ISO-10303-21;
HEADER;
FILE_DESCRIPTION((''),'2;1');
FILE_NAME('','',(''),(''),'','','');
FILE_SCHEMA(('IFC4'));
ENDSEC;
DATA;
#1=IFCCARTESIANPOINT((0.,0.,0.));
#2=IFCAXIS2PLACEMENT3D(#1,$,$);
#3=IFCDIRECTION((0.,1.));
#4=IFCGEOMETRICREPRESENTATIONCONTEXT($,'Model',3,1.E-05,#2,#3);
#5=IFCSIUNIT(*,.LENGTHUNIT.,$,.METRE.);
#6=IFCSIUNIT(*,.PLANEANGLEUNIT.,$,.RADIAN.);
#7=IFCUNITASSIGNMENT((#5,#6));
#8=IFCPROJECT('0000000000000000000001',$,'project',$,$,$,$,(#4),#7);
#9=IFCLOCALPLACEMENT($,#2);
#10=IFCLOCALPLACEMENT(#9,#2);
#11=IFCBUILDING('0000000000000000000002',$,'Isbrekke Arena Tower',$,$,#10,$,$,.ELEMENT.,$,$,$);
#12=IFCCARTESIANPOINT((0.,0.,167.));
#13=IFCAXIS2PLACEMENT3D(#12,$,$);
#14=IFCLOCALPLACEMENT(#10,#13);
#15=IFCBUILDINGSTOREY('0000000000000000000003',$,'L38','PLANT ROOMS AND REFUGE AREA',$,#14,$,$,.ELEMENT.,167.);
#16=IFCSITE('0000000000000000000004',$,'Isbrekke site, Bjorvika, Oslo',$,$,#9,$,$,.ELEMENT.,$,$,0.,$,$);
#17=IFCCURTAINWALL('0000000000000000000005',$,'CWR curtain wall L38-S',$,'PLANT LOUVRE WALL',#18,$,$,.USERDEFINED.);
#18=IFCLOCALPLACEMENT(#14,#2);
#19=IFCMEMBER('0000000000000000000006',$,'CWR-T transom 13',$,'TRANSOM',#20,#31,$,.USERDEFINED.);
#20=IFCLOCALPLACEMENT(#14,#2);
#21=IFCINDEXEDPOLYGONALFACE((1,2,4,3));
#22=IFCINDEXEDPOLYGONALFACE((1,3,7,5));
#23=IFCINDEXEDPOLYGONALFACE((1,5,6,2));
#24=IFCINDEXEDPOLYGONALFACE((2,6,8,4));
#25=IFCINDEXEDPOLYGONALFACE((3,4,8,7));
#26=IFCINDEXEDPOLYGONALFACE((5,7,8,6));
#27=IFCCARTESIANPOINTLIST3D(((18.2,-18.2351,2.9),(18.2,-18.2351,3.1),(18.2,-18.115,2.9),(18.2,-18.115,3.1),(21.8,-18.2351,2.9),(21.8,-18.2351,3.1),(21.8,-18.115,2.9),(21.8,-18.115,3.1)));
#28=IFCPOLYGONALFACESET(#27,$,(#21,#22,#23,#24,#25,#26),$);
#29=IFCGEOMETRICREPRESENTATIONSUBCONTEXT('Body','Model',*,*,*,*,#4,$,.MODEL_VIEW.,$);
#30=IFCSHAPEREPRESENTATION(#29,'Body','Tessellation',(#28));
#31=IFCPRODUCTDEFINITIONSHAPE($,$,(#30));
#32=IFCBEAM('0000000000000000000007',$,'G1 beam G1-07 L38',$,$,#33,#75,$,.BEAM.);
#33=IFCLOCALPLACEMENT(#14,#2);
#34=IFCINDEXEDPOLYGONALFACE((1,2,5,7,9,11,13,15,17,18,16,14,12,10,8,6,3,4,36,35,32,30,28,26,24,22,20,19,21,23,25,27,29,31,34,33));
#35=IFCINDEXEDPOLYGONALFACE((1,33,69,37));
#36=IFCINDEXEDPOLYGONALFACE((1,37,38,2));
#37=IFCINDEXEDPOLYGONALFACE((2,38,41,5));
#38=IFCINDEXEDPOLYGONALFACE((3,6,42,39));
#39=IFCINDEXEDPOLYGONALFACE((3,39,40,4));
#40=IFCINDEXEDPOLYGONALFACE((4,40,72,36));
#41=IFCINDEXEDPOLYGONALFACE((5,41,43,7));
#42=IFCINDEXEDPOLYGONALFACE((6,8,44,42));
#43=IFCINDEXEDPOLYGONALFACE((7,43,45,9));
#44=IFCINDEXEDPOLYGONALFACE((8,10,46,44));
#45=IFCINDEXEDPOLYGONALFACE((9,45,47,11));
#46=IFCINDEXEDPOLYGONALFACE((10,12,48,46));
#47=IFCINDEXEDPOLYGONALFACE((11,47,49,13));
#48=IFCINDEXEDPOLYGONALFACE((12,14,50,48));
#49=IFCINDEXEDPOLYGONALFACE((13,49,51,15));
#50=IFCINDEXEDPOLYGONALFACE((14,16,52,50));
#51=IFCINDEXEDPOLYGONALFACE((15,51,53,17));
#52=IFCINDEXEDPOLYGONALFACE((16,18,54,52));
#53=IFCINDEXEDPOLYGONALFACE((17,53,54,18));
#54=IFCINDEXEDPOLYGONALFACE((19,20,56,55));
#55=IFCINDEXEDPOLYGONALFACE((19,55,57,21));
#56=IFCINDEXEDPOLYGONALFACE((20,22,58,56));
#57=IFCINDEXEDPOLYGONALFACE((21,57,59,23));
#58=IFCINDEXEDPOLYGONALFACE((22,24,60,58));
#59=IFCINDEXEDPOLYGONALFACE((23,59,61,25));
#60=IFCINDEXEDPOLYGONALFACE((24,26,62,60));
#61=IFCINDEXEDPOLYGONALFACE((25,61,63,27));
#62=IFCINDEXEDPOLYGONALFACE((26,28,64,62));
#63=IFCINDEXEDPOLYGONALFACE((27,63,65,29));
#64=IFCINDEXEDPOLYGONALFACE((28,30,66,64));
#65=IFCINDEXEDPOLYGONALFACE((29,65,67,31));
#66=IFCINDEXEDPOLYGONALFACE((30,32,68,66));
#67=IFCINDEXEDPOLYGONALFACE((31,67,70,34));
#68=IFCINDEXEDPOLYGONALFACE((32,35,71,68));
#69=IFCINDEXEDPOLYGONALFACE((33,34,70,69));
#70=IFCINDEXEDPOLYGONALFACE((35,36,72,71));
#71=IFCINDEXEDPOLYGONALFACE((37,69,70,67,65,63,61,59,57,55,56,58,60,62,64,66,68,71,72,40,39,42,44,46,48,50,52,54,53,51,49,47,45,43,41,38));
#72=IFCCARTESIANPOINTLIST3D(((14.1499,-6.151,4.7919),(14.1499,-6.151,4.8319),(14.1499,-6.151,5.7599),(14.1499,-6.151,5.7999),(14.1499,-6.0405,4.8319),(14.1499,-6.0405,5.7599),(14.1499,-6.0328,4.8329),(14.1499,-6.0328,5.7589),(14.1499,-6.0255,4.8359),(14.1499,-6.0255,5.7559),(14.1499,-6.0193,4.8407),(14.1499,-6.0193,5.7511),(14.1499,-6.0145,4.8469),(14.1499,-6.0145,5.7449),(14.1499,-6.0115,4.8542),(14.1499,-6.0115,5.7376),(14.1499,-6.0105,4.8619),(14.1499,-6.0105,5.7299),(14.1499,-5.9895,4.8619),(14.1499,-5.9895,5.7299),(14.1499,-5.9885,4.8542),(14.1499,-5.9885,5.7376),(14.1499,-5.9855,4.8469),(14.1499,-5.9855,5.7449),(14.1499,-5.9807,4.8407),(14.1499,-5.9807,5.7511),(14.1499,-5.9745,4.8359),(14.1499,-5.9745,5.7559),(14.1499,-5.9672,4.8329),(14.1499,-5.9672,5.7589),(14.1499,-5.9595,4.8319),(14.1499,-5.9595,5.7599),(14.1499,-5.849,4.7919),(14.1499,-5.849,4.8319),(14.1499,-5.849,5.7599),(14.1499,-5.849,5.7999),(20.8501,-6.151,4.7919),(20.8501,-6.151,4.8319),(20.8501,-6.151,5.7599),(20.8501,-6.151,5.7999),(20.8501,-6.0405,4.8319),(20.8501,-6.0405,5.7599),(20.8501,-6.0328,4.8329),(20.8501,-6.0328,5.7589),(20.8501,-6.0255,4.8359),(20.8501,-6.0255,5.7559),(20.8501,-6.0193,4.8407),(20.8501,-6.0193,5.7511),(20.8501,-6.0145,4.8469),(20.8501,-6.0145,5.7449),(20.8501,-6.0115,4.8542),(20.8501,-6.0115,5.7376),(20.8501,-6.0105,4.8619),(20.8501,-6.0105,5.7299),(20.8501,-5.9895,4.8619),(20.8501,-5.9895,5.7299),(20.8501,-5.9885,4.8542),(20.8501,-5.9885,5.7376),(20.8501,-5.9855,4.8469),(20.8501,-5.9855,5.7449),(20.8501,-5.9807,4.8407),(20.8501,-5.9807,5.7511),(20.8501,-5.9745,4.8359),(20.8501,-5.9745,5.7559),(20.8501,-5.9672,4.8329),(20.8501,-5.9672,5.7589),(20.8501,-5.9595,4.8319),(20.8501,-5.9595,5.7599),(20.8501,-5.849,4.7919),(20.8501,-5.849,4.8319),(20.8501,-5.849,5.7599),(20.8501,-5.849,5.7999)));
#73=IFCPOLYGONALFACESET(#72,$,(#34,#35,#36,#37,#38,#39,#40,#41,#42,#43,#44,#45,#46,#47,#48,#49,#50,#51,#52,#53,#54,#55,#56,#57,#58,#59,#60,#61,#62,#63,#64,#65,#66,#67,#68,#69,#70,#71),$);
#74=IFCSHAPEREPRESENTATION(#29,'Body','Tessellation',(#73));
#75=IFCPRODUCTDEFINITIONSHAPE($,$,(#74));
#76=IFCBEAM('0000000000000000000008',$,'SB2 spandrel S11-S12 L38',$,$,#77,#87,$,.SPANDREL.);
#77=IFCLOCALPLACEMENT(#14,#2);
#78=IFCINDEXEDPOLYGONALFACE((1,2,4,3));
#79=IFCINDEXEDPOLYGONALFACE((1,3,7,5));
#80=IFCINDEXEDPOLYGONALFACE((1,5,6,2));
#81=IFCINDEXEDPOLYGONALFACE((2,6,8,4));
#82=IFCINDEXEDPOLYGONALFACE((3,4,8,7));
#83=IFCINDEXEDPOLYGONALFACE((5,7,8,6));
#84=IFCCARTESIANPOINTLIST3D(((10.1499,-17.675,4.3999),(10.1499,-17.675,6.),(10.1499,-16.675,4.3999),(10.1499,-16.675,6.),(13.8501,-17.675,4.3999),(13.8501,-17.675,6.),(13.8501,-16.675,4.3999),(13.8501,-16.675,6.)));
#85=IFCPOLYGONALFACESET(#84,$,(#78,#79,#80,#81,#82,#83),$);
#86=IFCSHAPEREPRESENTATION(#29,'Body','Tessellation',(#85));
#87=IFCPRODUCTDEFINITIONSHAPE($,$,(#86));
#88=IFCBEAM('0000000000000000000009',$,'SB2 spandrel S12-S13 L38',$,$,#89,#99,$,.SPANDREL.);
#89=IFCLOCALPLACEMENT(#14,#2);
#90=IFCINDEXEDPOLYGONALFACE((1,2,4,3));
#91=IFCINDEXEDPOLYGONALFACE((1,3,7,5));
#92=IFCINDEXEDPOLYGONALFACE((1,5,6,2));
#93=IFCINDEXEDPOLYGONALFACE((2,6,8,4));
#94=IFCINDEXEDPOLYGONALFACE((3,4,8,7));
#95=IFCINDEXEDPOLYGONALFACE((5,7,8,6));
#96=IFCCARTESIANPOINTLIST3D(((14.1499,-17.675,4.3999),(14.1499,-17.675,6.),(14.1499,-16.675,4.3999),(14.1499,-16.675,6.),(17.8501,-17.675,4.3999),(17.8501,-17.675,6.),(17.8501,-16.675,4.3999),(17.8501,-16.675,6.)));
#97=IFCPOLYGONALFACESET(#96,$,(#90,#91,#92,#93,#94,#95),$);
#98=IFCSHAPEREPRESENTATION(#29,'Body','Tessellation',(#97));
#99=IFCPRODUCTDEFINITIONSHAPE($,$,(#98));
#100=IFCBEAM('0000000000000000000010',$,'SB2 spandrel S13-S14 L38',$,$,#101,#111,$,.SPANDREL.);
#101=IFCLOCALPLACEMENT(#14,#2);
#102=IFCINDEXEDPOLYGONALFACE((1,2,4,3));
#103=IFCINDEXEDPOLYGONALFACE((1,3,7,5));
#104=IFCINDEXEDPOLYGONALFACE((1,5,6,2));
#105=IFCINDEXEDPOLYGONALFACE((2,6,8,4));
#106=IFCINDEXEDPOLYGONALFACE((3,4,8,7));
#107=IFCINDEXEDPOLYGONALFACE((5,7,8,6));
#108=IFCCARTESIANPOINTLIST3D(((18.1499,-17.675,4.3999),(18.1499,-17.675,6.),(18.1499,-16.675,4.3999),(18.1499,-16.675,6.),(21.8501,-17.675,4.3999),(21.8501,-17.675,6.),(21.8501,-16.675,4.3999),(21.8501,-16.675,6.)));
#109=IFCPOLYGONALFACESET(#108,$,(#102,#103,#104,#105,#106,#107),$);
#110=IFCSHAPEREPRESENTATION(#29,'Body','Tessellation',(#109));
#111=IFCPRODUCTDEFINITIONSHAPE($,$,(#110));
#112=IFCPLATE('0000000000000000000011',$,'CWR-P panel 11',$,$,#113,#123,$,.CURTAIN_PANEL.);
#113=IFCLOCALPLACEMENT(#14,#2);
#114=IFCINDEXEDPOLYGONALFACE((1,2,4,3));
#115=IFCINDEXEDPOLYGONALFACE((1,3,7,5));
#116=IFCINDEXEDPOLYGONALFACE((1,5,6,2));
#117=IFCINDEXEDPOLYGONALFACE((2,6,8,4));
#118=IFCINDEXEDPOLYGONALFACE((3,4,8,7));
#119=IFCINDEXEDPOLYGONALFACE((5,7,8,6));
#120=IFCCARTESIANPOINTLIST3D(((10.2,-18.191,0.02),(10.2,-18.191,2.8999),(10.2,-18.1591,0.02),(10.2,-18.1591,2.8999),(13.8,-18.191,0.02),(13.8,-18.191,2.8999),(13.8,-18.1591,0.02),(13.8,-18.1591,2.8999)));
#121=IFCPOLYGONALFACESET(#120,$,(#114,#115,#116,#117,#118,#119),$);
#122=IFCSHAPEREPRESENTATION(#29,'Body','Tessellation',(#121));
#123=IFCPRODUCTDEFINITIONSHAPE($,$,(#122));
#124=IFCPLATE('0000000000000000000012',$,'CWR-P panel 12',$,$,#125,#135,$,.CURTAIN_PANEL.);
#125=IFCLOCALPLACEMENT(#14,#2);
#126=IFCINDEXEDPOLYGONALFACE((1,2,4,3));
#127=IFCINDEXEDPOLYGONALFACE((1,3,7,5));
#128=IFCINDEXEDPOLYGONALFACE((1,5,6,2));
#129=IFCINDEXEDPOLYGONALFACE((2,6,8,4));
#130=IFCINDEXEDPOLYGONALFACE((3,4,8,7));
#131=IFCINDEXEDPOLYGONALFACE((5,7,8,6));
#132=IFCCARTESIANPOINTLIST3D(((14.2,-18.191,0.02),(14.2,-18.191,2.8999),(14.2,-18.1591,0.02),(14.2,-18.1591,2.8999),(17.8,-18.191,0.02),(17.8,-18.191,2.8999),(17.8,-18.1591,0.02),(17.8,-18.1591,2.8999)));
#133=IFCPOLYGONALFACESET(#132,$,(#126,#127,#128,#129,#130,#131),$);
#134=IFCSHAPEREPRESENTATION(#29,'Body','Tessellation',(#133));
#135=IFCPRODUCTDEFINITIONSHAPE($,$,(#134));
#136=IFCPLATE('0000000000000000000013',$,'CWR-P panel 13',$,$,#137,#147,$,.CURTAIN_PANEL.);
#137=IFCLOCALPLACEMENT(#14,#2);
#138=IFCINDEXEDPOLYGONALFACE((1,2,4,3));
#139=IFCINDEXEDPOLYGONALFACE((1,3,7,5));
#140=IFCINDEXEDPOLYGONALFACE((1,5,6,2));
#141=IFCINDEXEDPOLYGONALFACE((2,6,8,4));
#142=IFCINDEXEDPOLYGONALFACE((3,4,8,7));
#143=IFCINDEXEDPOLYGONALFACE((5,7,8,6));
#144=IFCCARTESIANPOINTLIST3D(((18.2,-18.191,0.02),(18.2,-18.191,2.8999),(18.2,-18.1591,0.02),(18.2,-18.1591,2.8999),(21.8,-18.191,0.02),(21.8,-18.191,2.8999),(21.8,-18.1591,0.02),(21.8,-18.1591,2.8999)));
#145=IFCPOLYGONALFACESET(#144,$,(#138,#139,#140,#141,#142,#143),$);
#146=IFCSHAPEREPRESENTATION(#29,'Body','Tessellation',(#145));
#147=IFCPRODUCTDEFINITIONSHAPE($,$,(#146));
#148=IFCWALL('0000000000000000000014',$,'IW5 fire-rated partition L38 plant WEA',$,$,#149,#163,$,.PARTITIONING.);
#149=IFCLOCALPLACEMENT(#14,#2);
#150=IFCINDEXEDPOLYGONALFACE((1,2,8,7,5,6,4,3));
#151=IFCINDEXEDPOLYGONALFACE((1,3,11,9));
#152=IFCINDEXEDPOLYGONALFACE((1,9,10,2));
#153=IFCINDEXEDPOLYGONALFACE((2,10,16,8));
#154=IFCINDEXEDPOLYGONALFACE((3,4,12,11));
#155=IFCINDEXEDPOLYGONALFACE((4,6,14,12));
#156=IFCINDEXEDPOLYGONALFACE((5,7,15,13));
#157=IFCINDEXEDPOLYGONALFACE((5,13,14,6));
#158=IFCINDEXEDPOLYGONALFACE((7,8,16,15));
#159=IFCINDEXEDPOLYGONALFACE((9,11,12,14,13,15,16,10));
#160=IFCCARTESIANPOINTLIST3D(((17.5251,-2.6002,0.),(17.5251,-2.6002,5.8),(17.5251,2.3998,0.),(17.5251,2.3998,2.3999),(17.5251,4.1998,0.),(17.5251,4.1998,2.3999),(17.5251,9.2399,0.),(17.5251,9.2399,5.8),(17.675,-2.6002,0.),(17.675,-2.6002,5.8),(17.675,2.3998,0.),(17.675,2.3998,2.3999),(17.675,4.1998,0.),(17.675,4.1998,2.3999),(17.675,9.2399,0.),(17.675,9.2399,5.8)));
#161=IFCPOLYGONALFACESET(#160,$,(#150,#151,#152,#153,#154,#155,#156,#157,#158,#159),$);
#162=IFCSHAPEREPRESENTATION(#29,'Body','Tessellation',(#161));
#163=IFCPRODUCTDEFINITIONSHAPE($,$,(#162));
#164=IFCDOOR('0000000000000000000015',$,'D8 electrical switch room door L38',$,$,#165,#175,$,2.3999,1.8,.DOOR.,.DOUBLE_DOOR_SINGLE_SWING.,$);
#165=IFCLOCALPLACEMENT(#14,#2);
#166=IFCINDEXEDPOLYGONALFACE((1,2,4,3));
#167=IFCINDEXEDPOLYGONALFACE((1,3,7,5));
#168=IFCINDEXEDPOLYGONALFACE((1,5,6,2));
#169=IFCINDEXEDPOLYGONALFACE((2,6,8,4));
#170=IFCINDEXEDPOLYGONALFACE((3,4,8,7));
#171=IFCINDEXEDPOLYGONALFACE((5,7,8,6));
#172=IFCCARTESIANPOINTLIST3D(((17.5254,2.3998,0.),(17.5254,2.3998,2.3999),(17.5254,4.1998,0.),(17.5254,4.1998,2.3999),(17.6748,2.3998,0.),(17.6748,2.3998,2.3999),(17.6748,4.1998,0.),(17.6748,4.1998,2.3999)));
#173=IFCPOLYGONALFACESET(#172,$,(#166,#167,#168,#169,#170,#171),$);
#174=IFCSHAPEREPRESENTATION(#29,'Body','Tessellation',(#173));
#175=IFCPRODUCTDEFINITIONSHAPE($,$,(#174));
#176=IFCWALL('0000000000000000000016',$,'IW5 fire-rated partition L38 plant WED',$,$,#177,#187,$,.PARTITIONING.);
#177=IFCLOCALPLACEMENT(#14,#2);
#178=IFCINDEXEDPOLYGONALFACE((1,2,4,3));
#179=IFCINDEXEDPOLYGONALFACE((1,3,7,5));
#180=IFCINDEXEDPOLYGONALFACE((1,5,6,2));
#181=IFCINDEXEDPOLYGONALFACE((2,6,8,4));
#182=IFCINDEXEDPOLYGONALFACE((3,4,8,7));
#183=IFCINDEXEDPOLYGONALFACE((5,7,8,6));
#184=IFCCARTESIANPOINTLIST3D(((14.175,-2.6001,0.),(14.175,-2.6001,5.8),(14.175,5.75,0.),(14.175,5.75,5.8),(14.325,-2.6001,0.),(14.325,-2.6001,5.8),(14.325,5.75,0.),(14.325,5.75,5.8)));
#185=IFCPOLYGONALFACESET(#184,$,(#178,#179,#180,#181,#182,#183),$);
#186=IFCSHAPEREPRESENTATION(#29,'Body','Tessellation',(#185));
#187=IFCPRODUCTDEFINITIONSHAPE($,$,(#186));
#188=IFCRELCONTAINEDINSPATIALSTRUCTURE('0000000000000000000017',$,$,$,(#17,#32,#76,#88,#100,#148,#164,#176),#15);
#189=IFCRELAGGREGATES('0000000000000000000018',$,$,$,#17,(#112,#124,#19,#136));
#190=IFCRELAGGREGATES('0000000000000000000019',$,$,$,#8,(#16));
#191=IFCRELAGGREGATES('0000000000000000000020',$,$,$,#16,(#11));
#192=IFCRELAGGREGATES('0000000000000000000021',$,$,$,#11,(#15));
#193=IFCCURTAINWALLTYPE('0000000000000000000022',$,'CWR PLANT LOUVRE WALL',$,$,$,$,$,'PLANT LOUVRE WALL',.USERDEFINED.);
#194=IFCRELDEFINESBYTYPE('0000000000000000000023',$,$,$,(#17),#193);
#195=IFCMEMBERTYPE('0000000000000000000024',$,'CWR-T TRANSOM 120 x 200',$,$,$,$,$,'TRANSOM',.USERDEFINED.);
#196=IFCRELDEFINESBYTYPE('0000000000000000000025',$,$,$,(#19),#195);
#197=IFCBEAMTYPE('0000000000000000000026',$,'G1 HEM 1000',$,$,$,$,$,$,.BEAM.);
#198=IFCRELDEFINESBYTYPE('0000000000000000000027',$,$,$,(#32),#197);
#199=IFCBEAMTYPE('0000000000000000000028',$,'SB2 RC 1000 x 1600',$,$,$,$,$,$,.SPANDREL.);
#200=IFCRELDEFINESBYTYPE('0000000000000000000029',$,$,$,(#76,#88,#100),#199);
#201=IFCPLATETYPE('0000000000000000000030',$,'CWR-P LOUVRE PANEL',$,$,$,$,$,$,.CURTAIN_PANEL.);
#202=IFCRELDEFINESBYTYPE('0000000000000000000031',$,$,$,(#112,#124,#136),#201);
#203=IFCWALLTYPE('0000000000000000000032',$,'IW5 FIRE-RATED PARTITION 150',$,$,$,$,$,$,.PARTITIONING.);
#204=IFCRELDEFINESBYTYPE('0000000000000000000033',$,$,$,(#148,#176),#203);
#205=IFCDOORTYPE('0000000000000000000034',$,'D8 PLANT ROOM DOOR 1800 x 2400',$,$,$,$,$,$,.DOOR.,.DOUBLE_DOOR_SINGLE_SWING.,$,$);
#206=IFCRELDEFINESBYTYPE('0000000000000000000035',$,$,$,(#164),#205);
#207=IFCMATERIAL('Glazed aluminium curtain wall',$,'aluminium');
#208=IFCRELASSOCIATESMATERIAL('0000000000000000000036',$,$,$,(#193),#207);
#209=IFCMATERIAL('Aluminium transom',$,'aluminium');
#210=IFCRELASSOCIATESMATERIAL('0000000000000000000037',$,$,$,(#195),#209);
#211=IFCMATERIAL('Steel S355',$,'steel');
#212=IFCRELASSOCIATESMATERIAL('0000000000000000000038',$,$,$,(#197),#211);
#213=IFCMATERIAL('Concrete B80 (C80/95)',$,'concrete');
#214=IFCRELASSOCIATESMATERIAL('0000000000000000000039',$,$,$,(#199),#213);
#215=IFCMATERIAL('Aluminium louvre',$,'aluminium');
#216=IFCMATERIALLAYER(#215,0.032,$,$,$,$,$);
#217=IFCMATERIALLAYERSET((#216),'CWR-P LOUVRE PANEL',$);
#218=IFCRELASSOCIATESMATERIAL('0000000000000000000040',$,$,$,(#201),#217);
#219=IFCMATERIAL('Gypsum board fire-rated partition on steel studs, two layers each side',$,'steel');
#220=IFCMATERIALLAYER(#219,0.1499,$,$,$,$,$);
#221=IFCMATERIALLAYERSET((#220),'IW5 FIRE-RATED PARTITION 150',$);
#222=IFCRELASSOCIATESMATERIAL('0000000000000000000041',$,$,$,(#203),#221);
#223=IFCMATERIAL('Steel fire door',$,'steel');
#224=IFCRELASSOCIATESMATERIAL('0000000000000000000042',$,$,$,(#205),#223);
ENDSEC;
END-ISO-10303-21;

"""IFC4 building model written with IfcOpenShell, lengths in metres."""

from ifc_helpers import new_model, si_unit, direction, frame, frame_2d, origin, origin_2d, place, context, subcontext, project, spatial, rectangle, i_section, extrude, material, layer, layer_set, material_profile, profile_set, type_object, element, fill, aggregate, save


model = new_model("IFC4")

# Units and contexts
model_context = context("Model", 3, precision=1e-05, world=origin(), true_north=direction((0.0, 1.0)))
body_context = subcontext(model_context, "Body", "Model", "MODEL_VIEW")
ifc_project = project(units=[si_unit("LENGTHUNIT", "METRE"), si_unit("PLANEANGLEUNIT", "RADIAN")], contexts=[model_context])

# Site, building, storey
site_placement = place(None, origin())
site = spatial("IfcSite", under=ifc_project, at=site_placement, Name="Isbrekke site, Bjorvika, Oslo", CompositionType="ELEMENT", RefElevation=0.0)
building_placement = place(site_placement, origin())
building = spatial("IfcBuilding", under=site, at=building_placement, Name="Isbrekke Arena Tower", CompositionType="ELEMENT")
storey_placement = place(building_placement, frame((0.0, 0.0, 167.0)))
storey = spatial("IfcBuildingStorey", under=building, at=storey_placement, Name="L38", Description="PLANT ROOMS AND REFUGE AREA", CompositionType="ELEMENT", Elevation=167.0)

# Curtain wall, member
ifc_material_1 = material(Name="Glazed aluminium curtain wall", Category="aluminium")
curtain_wall_type = type_object("IfcCurtainWallType", Name="CWR PLANT LOUVRE WALL", ElementType="PLANT LOUVRE WALL", PredefinedType="USERDEFINED", material=ifc_material_1)
curtain_wall_placement = place(storey_placement, origin())
curtain_wall = element("IfcCurtainWall", 1, at=curtain_wall_placement, inside=storey, type_object=curtain_wall_type, Name="CWR curtain wall L38-S", ObjectType="PLANT LOUVRE WALL", PredefinedType="USERDEFINED")
ifc_material_2 = material(Name="Aluminium transom", Category="aluminium")
ifc_material_profile_1 = material_profile(ifc_material_2, rectangle(XDim=0.1201, YDim=0.2, at=origin_2d()), Name="TRANSOM 120X200")
ifc_profile_set_1 = profile_set([ifc_material_profile_1], Name="Aluminium transom")
member_type_1 = type_object("IfcMemberType", Name="CWR-T TRANSOM 120 x 200", ElementType="TRANSOM", PredefinedType="USERDEFINED", material=ifc_profile_set_1)
member_1_placement = place(storey_placement, frame((18.2, -18.175, 3.0), z_axis=(1.0, 0.0, 0.0), x_axis=(0.0, 1.0, 0.0)))
member_1 = element("IfcMember", 2, at=member_1_placement, type_object=member_type_1, Name="CWR-T transom 13", ObjectType="TRANSOM", PredefinedType="USERDEFINED", context=body_context, shape_type="SweptSolid", body=[
    extrude(rectangle(XDim=0.1201, YDim=0.2, at=origin_2d()), origin(), (0.0, 0.0, 1.0), 3.6001),
])

# Beams
ifc_material_3 = material(Name="Steel S355", Category="steel")
ifc_material_profile_2 = material_profile(ifc_material_3, i_section(OverallWidth=0.302, OverallDepth=1.0081, WebThickness=0.021, FlangeThickness=0.04, FilletRadius=0.03, at=origin_2d()), Name="HEM 1000")
ifc_profile_set_2 = profile_set([ifc_material_profile_2], Name="Steel S355")
beam_type_1 = type_object("IfcBeamType", Name="G1 HEM 1000", PredefinedType="BEAM", material=ifc_profile_set_2)
beam_1_placement = place(storey_placement, frame((14.1499, -6.0, 5.2959), z_axis=(1.0, 0.0, 0.0), x_axis=(0.0, 1.0, 0.0)))
element("IfcBeam", 3, at=beam_1_placement, inside=storey, type_object=beam_type_1, Name="G1 beam G1-07 L38", PredefinedType="BEAM", context=body_context, shape_type="SweptSolid", body=[
    extrude(i_section(OverallWidth=0.302, OverallDepth=1.0081, WebThickness=0.021, FlangeThickness=0.04, FilletRadius=0.03, at=origin_2d()), origin(), (0.0, 0.0, 1.0), 6.7002),
])
ifc_material_4 = material(Name="Concrete B80 (C80/95)", Category="concrete")
ifc_material_profile_3 = material_profile(ifc_material_4, rectangle(XDim=1.0, YDim=1.6001, at=origin_2d()), Name="RC 1000x1600")
ifc_profile_set_3 = profile_set([ifc_material_profile_3], Name="Concrete B80 (C80/95)")
beam_type_2 = type_object("IfcBeamType", Name="SB2 RC 1000 x 1600", PredefinedType="SPANDREL", material=ifc_profile_set_3)
for number, where, z_axis, x_axis, name in (
    (4, (10.1499, -17.175, 5.2), (1.0, 0.0, 0.0), (0.0, 1.0, 0.0), "SB2 spandrel S11-S12 L38"),
    (5, (14.1499, -17.175, 5.2), (1.0, 0.0, 0.0), (0.0, 1.0, 0.0), "SB2 spandrel S12-S13 L38"),
    (6, (18.1499, -17.175, 5.2), (1.0, 0.0, 0.0), (0.0, 1.0, 0.0), "SB2 spandrel S13-S14 L38"),
):
    element("IfcBeam", number, at=place(storey_placement, frame(where, z_axis=z_axis, x_axis=x_axis)), inside=storey, type_object=beam_type_2, Name=name, PredefinedType="SPANDREL", context=body_context, shape_type="SweptSolid", body=[
        extrude(rectangle(XDim=1.0, YDim=1.6001, at=origin_2d()), origin(), (0.0, 0.0, 1.0), 3.7002),
    ])

# Plates
ifc_material_5 = material(Name="Aluminium louvre", Category="aluminium")
ifc_layer_1 = layer(ifc_material_5, 0.032)
ifc_layer_set_1 = layer_set([ifc_layer_1], Name="CWR-P LOUVRE PANEL")
plate_type = type_object("IfcPlateType", Name="CWR-P LOUVRE PANEL", PredefinedType="CURTAIN_PANEL", material=ifc_layer_set_1)
plate_1_placement = place(storey_placement, frame((12.0, -18.175, 0.02), z_axis=(0.0, 0.0, 1.0), x_axis=(1.0, 0.0, 0.0)))
plate_1 = element("IfcPlate", 7, at=plate_1_placement, type_object=plate_type, Name="CWR-P panel 11", PredefinedType="CURTAIN_PANEL", context=body_context, shape_type="SweptSolid", body=[
    extrude(rectangle(XDim=3.6001, YDim=0.032, at=origin_2d()), origin(), (0.0, 0.0, 1.0), 2.8799),
])
plate_2_placement = place(storey_placement, frame((16.0, -18.175, 0.02), z_axis=(0.0, 0.0, 1.0), x_axis=(1.0, 0.0, 0.0)))
plate_2 = element("IfcPlate", 8, at=plate_2_placement, type_object=plate_type, Name="CWR-P panel 12", PredefinedType="CURTAIN_PANEL", context=body_context, shape_type="SweptSolid", body=[
    extrude(rectangle(XDim=3.6001, YDim=0.032, at=origin_2d()), origin(), (0.0, 0.0, 1.0), 2.8799),
])
plate_3_placement = place(storey_placement, frame((20.0, -18.175, 0.02), z_axis=(0.0, 0.0, 1.0), x_axis=(1.0, 0.0, 0.0)))
plate_3 = element("IfcPlate", 9, at=plate_3_placement, type_object=plate_type, Name="CWR-P panel 13", PredefinedType="CURTAIN_PANEL", context=body_context, shape_type="SweptSolid", body=[
    extrude(rectangle(XDim=3.6001, YDim=0.032, at=origin_2d()), origin(), (0.0, 0.0, 1.0), 2.8799),
])
aggregate(curtain_wall, [plate_1, plate_2, member_1, plate_3])

# Wall, opening, door
ifc_material_6 = material(Name="Gypsum board fire-rated partition on steel studs, two layers each side", Category="steel")
ifc_layer_2 = layer(ifc_material_6, 0.1499)
ifc_layer_set_2 = layer_set([ifc_layer_2], Name="IW5 FIRE-RATED PARTITION 150")
wall_type = type_object("IfcWallType", Name="IW5 FIRE-RATED PARTITION 150", PredefinedType="PARTITIONING", material=ifc_layer_set_2)
wall_1_placement = place(storey_placement, frame((17.6001, -2.6001, 0.0), z_axis=(0.0, 0.0, 1.0), x_axis=(0.0, 1.0, 0.0)))
wall_1 = element("IfcWall", 10, at=wall_1_placement, inside=storey, type_object=wall_type, Name="IW5 fire-rated partition L38 plant WEA", PredefinedType="PARTITIONING", context=body_context, shape_type="SweptSolid", body=[
    extrude(rectangle(XDim=11.8401, YDim=0.1499, at=frame_2d((5.9199, 0.0))), origin(), (0.0, 0.0, 1.0), 5.8),
])
opening_1_placement = place(wall_1_placement, frame((5.0, 0.0, 0.0)))
opening_1 = element("IfcOpeningElement", 11, at=opening_1_placement, cuts=wall_1, PredefinedType="OPENING", context=body_context, shape_type="SweptSolid", body=[
    extrude(rectangle(XDim=1.8, YDim=2.3999, at=frame_2d((0.8999, 1.2))), frame((0.0, 0.0898, 0.0), z_axis=(0.0, -1.0, 0.0), x_axis=(1.0, 0.0, 0.0)), (0.0, 0.0, 1.0), 0.1797),
])
ifc_material_7 = material(Name="Steel fire door", Category="steel")
door_type = type_object("IfcDoorType", Name="D8 PLANT ROOM DOOR 1800 x 2400", OperationType="DOUBLE_DOOR_SINGLE_SWING", PredefinedType="DOOR", material=ifc_material_7)
door_1_placement = place(opening_1_placement, origin())
door_1 = element("IfcDoor", 12, at=door_1_placement, inside=storey, type_object=door_type, Name="D8 electrical switch room door L38", OperationType="DOUBLE_DOOR_SINGLE_SWING", OverallHeight=2.3999, OverallWidth=1.8, PredefinedType="DOOR", context=body_context, shape_type="SweptSolid", body=[
    extrude(rectangle(XDim=1.8, YDim=2.3999, at=frame_2d((0.8999, 1.2))), frame((0.0, 0.0747, 0.0), z_axis=(0.0, -1.0, 0.0), x_axis=(1.0, 0.0, 0.0)), (0.0, 0.0, 1.0), 0.1494),
])
fill(opening_1, door_1)

# Wall
wall_2_placement = place(storey_placement, frame((14.25, -2.6001, 0.0), z_axis=(0.0, 0.0, 1.0), x_axis=(0.0, 1.0, 0.0)))
element("IfcWall", 13, at=wall_2_placement, inside=storey, type_object=wall_type, Name="IW5 fire-rated partition L38 plant WED", PredefinedType="PARTITIONING", context=body_context, shape_type="SweptSolid", body=[
    extrude(rectangle(XDim=8.3501, YDim=0.1499, at=frame_2d((4.175, 0.0))), origin(), (0.0, 0.0, 1.0), 5.8),
])

save(model, "model.ifc")
